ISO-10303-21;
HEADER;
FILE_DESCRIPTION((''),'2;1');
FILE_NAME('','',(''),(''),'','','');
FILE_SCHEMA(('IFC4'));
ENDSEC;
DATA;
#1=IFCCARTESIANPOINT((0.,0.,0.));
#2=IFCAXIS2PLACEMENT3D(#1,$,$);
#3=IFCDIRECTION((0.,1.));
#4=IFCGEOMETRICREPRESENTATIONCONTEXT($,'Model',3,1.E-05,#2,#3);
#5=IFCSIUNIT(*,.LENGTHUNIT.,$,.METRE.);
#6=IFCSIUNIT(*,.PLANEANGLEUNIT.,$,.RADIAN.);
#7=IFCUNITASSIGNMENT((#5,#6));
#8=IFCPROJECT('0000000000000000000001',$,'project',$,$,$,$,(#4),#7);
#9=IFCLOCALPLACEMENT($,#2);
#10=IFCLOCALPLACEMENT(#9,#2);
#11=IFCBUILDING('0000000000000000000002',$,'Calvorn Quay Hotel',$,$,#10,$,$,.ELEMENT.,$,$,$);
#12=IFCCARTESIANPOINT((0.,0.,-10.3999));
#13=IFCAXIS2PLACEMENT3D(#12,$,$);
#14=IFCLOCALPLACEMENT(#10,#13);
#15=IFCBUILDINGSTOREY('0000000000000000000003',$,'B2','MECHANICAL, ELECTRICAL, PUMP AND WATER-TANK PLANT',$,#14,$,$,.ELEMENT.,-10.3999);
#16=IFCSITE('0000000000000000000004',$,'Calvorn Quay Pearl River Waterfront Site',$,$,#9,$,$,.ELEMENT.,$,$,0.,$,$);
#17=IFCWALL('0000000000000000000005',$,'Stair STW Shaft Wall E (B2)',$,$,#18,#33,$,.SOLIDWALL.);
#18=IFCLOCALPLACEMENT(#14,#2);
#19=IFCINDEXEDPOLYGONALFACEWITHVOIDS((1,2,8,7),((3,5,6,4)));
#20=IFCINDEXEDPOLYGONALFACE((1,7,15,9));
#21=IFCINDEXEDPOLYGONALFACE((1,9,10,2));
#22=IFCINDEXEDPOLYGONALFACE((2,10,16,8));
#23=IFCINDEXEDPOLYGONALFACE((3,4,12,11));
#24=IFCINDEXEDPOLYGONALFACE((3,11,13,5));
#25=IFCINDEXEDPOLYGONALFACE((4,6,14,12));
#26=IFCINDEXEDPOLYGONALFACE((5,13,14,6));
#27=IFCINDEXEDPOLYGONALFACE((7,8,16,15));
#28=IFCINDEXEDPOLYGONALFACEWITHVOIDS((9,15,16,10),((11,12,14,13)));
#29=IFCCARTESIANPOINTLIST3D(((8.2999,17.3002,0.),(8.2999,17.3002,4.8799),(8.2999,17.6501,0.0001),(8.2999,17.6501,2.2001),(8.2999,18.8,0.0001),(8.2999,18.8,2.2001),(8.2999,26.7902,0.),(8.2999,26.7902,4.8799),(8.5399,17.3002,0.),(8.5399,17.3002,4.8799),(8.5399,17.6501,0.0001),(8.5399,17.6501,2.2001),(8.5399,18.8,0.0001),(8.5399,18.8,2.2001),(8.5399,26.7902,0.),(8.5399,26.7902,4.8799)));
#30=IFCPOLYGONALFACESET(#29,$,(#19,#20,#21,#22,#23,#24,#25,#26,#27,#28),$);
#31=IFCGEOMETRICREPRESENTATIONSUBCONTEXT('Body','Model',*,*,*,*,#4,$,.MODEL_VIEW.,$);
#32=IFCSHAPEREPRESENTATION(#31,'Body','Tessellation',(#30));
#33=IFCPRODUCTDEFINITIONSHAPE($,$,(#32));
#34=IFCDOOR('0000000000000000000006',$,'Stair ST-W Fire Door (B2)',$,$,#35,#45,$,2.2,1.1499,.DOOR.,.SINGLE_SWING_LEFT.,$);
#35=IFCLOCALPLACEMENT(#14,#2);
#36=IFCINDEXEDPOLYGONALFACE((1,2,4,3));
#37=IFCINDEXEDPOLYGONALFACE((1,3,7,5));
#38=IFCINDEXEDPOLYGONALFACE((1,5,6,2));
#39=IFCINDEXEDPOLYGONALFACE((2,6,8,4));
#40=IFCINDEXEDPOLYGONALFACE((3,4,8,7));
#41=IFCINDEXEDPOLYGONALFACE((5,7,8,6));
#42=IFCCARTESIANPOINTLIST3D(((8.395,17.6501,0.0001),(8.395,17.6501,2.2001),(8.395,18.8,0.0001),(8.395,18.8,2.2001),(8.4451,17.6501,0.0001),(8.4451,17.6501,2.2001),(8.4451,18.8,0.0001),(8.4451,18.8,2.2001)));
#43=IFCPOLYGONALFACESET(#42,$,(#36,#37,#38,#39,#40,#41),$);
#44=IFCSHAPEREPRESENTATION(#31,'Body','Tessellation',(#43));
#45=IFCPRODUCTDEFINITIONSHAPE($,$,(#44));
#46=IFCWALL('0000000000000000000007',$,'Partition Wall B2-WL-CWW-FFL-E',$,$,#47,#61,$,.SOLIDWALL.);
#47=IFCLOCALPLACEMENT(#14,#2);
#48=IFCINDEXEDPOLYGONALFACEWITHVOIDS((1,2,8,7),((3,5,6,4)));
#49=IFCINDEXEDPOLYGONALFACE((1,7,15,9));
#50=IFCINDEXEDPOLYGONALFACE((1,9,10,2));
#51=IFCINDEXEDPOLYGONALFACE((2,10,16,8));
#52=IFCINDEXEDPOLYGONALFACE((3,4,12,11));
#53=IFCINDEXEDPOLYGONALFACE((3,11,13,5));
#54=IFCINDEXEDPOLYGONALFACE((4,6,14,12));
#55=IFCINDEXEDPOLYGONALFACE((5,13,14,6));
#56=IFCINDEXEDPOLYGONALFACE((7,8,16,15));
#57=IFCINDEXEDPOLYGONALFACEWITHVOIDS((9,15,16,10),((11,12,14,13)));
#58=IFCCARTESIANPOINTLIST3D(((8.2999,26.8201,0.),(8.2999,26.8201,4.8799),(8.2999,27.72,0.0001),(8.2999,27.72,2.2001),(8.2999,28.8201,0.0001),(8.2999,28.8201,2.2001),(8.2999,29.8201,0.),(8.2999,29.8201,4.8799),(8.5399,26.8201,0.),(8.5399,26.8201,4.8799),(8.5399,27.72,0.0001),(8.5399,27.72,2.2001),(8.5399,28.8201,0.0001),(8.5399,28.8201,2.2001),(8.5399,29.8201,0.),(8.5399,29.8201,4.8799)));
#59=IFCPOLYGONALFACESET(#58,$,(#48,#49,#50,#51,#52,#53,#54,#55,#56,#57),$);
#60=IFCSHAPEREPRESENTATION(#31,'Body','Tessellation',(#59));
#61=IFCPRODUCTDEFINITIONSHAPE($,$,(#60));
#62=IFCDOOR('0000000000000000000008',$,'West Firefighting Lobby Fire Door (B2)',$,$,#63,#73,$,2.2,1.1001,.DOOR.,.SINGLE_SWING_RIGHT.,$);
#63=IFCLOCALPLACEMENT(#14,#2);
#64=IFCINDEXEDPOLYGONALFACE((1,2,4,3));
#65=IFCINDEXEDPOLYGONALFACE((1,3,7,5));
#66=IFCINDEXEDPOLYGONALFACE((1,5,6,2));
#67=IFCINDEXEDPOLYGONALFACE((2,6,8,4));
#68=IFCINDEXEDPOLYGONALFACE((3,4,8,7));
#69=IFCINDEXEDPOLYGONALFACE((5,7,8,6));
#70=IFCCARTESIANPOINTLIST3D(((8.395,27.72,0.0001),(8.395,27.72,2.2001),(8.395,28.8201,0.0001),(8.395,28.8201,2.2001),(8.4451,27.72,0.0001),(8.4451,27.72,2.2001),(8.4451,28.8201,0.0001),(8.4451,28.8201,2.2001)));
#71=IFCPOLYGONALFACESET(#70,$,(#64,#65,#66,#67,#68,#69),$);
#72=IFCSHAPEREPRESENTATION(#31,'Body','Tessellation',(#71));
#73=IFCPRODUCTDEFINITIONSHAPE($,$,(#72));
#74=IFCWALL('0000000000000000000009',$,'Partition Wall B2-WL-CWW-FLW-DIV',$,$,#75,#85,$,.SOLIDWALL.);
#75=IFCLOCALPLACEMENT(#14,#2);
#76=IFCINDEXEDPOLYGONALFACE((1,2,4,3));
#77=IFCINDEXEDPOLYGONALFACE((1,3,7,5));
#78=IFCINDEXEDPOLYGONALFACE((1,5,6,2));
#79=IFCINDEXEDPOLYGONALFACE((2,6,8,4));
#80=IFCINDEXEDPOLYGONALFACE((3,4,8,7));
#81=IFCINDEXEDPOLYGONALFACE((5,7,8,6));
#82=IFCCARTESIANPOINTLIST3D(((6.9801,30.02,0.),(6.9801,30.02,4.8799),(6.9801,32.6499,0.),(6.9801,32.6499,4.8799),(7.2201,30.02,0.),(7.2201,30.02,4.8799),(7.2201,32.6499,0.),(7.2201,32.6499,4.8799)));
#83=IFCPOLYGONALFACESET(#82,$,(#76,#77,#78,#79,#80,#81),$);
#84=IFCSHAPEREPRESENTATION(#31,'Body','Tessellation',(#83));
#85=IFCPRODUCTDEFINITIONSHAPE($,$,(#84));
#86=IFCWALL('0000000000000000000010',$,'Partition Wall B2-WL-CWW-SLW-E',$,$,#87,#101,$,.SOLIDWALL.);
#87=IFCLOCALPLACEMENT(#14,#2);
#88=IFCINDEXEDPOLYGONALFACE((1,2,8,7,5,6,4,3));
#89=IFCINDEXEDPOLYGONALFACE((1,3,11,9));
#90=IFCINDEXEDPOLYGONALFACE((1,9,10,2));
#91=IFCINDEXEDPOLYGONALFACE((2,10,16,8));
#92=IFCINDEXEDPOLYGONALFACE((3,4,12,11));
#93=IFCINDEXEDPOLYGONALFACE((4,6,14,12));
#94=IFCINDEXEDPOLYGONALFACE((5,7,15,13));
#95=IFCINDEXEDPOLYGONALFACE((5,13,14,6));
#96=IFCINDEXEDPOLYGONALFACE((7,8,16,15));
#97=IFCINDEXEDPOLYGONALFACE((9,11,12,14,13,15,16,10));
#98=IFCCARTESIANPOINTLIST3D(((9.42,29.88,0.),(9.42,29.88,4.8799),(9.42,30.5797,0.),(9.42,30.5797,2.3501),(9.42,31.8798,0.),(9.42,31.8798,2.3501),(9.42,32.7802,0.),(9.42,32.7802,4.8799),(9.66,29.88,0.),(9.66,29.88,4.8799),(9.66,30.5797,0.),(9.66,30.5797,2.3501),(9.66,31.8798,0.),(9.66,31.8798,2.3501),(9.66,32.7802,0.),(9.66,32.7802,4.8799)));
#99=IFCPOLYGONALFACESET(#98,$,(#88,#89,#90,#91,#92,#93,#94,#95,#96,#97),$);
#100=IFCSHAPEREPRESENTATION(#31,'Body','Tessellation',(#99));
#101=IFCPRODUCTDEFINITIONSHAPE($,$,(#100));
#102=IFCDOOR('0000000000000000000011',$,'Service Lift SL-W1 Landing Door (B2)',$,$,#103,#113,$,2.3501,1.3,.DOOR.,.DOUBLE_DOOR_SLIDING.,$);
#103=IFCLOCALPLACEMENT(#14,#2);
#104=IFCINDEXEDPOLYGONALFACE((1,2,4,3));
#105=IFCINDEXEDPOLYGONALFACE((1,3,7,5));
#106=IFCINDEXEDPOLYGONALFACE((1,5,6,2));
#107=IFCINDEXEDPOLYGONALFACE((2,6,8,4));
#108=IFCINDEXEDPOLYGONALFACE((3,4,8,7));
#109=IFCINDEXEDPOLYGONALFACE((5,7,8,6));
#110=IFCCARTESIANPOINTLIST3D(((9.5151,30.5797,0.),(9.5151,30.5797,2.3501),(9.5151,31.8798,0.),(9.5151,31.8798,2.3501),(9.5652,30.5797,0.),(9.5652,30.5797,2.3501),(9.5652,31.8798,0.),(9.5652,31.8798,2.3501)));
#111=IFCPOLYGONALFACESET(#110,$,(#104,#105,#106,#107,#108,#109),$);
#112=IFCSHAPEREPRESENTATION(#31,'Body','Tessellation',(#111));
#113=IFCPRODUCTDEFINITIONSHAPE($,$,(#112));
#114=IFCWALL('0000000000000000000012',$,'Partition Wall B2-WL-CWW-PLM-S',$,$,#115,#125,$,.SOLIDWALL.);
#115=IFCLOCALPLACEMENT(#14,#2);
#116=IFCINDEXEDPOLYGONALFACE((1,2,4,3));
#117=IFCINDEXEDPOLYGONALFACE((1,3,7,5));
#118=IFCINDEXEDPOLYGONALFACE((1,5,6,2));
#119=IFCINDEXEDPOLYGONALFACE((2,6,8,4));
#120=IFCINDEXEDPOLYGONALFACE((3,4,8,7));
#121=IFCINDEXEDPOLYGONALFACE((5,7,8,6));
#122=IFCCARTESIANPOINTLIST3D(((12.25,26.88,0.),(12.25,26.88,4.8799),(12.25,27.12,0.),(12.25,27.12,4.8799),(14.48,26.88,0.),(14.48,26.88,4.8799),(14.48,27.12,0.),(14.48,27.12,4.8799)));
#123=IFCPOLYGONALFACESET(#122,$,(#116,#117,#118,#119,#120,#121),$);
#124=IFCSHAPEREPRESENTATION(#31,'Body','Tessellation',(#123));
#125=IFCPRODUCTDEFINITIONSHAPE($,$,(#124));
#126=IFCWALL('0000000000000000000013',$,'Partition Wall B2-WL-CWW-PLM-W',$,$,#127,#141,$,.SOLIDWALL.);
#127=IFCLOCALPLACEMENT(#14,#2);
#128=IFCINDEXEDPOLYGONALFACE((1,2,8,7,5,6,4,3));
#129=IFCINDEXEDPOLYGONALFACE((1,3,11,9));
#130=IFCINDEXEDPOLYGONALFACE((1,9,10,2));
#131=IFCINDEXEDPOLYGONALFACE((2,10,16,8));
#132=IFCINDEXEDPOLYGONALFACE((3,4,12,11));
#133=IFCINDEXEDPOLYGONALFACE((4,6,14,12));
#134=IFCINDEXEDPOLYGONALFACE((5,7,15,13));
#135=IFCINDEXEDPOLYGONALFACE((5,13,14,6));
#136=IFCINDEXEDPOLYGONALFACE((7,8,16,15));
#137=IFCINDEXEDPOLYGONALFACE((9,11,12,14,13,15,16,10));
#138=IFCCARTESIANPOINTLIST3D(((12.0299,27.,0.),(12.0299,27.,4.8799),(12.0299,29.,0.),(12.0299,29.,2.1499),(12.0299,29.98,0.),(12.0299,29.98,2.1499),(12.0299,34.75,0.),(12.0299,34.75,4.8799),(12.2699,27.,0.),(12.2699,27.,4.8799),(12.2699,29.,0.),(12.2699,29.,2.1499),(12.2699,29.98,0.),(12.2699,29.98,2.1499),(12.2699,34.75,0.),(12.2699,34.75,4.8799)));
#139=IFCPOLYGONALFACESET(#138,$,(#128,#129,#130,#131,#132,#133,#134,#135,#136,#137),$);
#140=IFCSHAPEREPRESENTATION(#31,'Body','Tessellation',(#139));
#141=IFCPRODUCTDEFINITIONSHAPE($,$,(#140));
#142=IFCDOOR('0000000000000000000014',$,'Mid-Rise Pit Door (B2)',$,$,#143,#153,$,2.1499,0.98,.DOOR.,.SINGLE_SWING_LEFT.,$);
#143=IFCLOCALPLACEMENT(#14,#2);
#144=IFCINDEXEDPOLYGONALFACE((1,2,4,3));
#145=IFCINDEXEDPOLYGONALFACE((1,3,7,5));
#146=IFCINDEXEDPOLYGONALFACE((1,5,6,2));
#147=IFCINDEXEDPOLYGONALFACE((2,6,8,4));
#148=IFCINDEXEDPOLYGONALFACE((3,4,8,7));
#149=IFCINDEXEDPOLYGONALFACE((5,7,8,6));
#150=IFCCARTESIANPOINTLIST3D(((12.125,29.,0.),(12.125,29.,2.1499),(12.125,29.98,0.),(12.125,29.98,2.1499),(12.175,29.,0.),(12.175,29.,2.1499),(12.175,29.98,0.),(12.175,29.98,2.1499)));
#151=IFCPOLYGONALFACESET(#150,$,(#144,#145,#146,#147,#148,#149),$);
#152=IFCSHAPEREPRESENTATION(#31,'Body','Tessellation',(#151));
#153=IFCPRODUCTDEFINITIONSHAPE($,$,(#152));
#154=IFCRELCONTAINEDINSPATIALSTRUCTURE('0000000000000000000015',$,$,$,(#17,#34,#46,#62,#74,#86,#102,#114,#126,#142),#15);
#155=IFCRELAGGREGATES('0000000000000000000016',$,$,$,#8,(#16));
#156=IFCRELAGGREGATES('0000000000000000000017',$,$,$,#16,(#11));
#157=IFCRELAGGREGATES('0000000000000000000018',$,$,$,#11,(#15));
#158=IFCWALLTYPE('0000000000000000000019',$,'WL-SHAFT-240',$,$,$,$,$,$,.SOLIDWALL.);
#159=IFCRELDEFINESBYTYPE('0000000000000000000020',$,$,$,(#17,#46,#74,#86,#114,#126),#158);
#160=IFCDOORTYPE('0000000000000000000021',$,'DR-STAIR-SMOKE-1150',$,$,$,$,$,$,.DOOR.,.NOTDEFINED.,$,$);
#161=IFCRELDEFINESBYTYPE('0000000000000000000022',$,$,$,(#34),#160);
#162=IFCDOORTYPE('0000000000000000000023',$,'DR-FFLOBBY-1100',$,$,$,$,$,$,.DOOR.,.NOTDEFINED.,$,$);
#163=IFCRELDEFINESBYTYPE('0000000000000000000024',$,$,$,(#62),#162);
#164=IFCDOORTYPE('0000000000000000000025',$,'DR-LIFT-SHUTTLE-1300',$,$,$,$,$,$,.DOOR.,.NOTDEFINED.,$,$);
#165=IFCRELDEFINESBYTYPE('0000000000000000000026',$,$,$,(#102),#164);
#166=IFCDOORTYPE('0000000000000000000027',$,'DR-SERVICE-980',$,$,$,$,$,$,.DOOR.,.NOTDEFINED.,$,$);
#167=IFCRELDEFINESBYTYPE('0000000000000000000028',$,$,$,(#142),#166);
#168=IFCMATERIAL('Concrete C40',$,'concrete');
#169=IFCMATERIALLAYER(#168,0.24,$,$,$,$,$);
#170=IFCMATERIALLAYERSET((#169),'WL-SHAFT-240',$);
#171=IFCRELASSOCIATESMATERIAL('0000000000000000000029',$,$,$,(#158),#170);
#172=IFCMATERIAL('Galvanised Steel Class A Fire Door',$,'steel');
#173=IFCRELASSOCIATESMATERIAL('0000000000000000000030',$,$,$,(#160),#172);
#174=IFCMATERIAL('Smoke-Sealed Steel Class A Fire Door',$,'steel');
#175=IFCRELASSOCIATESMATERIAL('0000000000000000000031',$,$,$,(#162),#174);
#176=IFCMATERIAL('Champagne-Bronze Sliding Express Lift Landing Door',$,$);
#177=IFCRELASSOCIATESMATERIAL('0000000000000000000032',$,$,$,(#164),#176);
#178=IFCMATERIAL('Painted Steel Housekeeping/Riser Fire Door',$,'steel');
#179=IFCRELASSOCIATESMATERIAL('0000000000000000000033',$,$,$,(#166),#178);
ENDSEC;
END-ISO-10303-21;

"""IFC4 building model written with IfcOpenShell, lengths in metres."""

from ifc_helpers import new_model, si_unit, direction, frame, frame_2d, origin, place, context, subcontext, project, spatial, rectangle, extrude, material, layer, layer_set, type_object, element, fill, save


model = new_model("IFC4")

# Units and contexts
model_context = context("Model", 3, precision=1e-05, world=origin(), true_north=direction((0.0, 1.0)))
body_context = subcontext(model_context, "Body", "Model", "MODEL_VIEW")
ifc_project = project(units=[si_unit("LENGTHUNIT", "METRE"), si_unit("PLANEANGLEUNIT", "RADIAN")], contexts=[model_context])

# Site, building, storey
site_placement = place(None, origin())
site = spatial("IfcSite", under=ifc_project, at=site_placement, Name="Calvorn Quay Pearl River Waterfront Site", CompositionType="ELEMENT", RefElevation=0.0)
building_placement = place(site_placement, origin())
building = spatial("IfcBuilding", under=site, at=building_placement, Name="Calvorn Quay Hotel", CompositionType="ELEMENT")
storey_placement = place(building_placement, frame((0.0, 0.0, -10.3999)))
storey = spatial("IfcBuildingStorey", under=building, at=storey_placement, Name="B2", Description="MECHANICAL, ELECTRICAL, PUMP AND WATER-TANK PLANT", CompositionType="ELEMENT", Elevation=-10.3999)

# Walls, openings, doors
ifc_material_1 = material(Name="Concrete C40", Category="concrete")
ifc_layer_1 = layer(ifc_material_1, 0.24)
ifc_layer_set_1 = layer_set([ifc_layer_1], Name="WL-SHAFT-240")
wall_type_1 = type_object("IfcWallType", Name="WL-SHAFT-240", PredefinedType="SOLIDWALL", material=ifc_layer_set_1)
wall_1_placement = place(storey_placement, frame((8.4199, 17.3, 0.0), z_axis=(0.0, 0.0, 1.0), x_axis=(0.0, 1.0, 0.0)))
wall_1 = element("IfcWall", 1, at=wall_1_placement, inside=storey, type_object=wall_type_1, Name="Stair STW Shaft Wall E (B2)", PredefinedType="SOLIDWALL", context=body_context, shape_type="SweptSolid", body=[
    extrude(rectangle(XDim=9.49, YDim=0.24, at=frame_2d((4.7451, 0.0))), origin(), (0.0, 0.0, 1.0), 4.8799),
])
opening_1_placement = place(wall_1_placement, frame((0.3501, 0.0, 0.0)))
opening_1 = element("IfcOpeningElement", 2, at=opening_1_placement, cuts=wall_1, PredefinedType="OPENING", context=body_context, shape_type="SweptSolid", body=[
    extrude(rectangle(XDim=1.1499, YDim=2.2, at=frame_2d((0.575, 1.1001))), frame((0.0, 0.1299, 0.0), z_axis=(0.0, -1.0, 0.0), x_axis=(1.0, 0.0, 0.0)), (0.0, 0.0, 1.0), 0.26),
])
ifc_material_2 = material(Name="Galvanised Steel Class A Fire Door", Category="steel")
door_type_1 = type_object("IfcDoorType", Name="DR-STAIR-SMOKE-1150", OperationType="NOTDEFINED", PredefinedType="DOOR", material=ifc_material_2)
door_1_placement = place(opening_1_placement, origin())
door_1 = element("IfcDoor", 3, at=door_1_placement, inside=storey, type_object=door_type_1, Name="Stair ST-W Fire Door (B2)", OperationType="SINGLE_SWING_LEFT", OverallHeight=2.2, OverallWidth=1.1499, PredefinedType="DOOR", context=body_context, shape_type="SweptSolid", body=[
    extrude(rectangle(XDim=1.1499, YDim=2.2, at=frame_2d((0.575, 1.1001))), frame((0.0, 0.0249, 0.0), z_axis=(0.0, -1.0, 0.0), x_axis=(1.0, 0.0, 0.0)), (0.0, 0.0, 1.0), 0.05),
])
fill(opening_1, door_1)
wall_2_placement = place(storey_placement, frame((8.4199, 26.8201, 0.0), z_axis=(0.0, 0.0, 1.0), x_axis=(0.0, 1.0, 0.0)))
wall_2 = element("IfcWall", 4, at=wall_2_placement, inside=storey, type_object=wall_type_1, Name="Partition Wall B2-WL-CWW-FFL-E", PredefinedType="SOLIDWALL", context=body_context, shape_type="SweptSolid", body=[
    extrude(rectangle(XDim=3.0, YDim=0.24, at=frame_2d((1.5, 0.0))), origin(), (0.0, 0.0, 1.0), 4.8799),
])
opening_2_placement = place(wall_2_placement, frame((0.8999, 0.0, 0.0)))
opening_2 = element("IfcOpeningElement", 5, at=opening_2_placement, cuts=wall_2, PredefinedType="OPENING", context=body_context, shape_type="SweptSolid", body=[
    extrude(rectangle(XDim=1.1001, YDim=2.2, at=frame_2d((0.55, 1.1001))), frame((0.0, 0.1299, 0.0), z_axis=(0.0, -1.0, 0.0), x_axis=(1.0, 0.0, 0.0)), (0.0, 0.0, 1.0), 0.26),
])
ifc_material_3 = material(Name="Smoke-Sealed Steel Class A Fire Door", Category="steel")
door_type_2 = type_object("IfcDoorType", Name="DR-FFLOBBY-1100", OperationType="NOTDEFINED", PredefinedType="DOOR", material=ifc_material_3)
door_2_placement = place(opening_2_placement, origin())
door_2 = element("IfcDoor", 6, at=door_2_placement, inside=storey, type_object=door_type_2, Name="West Firefighting Lobby Fire Door (B2)", OperationType="SINGLE_SWING_RIGHT", OverallHeight=2.2, OverallWidth=1.1001, PredefinedType="DOOR", context=body_context, shape_type="SweptSolid", body=[
    extrude(rectangle(XDim=1.1001, YDim=2.2, at=frame_2d((0.55, 1.1001))), frame((0.0, 0.0249, 0.0), z_axis=(0.0, -1.0, 0.0), x_axis=(1.0, 0.0, 0.0)), (0.0, 0.0, 1.0), 0.05),
])
fill(opening_2, door_2)

# Wall
wall_3_placement = place(storey_placement, frame((7.1001, 30.02, 0.0), z_axis=(0.0, 0.0, 1.0), x_axis=(0.0, 1.0, 0.0)))
element("IfcWall", 7, at=wall_3_placement, inside=storey, type_object=wall_type_1, Name="Partition Wall B2-WL-CWW-FLW-DIV", PredefinedType="SOLIDWALL", context=body_context, shape_type="SweptSolid", body=[
    extrude(rectangle(XDim=2.6299, YDim=0.24, at=frame_2d((1.3149, 0.0))), origin(), (0.0, 0.0, 1.0), 4.8799),
])

# Wall, opening, door
wall_4_placement = place(storey_placement, frame((9.54, 29.8799, 0.0), z_axis=(0.0, 0.0, 1.0), x_axis=(0.0, 1.0, 0.0)))
wall_4 = element("IfcWall", 8, at=wall_4_placement, inside=storey, type_object=wall_type_1, Name="Partition Wall B2-WL-CWW-SLW-E", PredefinedType="SOLIDWALL", context=body_context, shape_type="SweptSolid", body=[
    extrude(rectangle(XDim=2.9001, YDim=0.24, at=frame_2d((1.4502, 0.0))), origin(), (0.0, 0.0, 1.0), 4.8799),
])
opening_3_placement = place(wall_4_placement, frame((0.7, 0.0, 0.0)))
opening_3 = element("IfcOpeningElement", 9, at=opening_3_placement, cuts=wall_4, PredefinedType="OPENING", context=body_context, shape_type="SweptSolid", body=[
    extrude(rectangle(XDim=1.3, YDim=2.3501, at=frame_2d((0.6499, 1.175))), frame((0.0, 0.1299, 0.0), z_axis=(0.0, -1.0, 0.0), x_axis=(1.0, 0.0, 0.0)), (0.0, 0.0, 1.0), 0.26),
])
ifc_material_4 = material(Name="Champagne-Bronze Sliding Express Lift Landing Door")
door_type_3 = type_object("IfcDoorType", Name="DR-LIFT-SHUTTLE-1300", OperationType="NOTDEFINED", PredefinedType="DOOR", material=ifc_material_4)
door_3_placement = place(opening_3_placement, origin())
door_3 = element("IfcDoor", 10, at=door_3_placement, inside=storey, type_object=door_type_3, Name="Service Lift SL-W1 Landing Door (B2)", OperationType="DOUBLE_DOOR_SLIDING", OverallHeight=2.3501, OverallWidth=1.3, PredefinedType="DOOR", context=body_context, shape_type="SweptSolid", body=[
    extrude(rectangle(XDim=1.3, YDim=2.3501, at=frame_2d((0.6499, 1.175))), frame((0.0, 0.0249, 0.0), z_axis=(0.0, -1.0, 0.0), x_axis=(1.0, 0.0, 0.0)), (0.0, 0.0, 1.0), 0.05),
])
fill(opening_3, door_3)
ifc_material_5 = material(Name="Painted Steel Housekeeping/Riser Fire Door", Category="steel")
door_type_4 = type_object("IfcDoorType", Name="DR-SERVICE-980", OperationType="NOTDEFINED", PredefinedType="DOOR", material=ifc_material_5)

# Wall
wall_5_placement = place(storey_placement, frame((12.25, 27.0, 0.0), z_axis=(0.0, 0.0, 1.0), x_axis=(1.0, 0.0, 0.0)))
element("IfcWall", 11, at=wall_5_placement, inside=storey, type_object=wall_type_1, Name="Partition Wall B2-WL-CWW-PLM-S", PredefinedType="SOLIDWALL", context=body_context, shape_type="SweptSolid", body=[
    extrude(rectangle(XDim=2.23, YDim=0.24, at=frame_2d((1.115, 0.0))), origin(), (0.0, 0.0, 1.0), 4.8799),
])

# Wall, opening, door
wall_6_placement = place(storey_placement, frame((12.1499, 27.0, 0.0), z_axis=(0.0, 0.0, 1.0), x_axis=(0.0, 1.0, 0.0)))
wall_6 = element("IfcWall", 12, at=wall_6_placement, inside=storey, type_object=wall_type_1, Name="Partition Wall B2-WL-CWW-PLM-W", PredefinedType="SOLIDWALL", context=body_context, shape_type="SweptSolid", body=[
    extrude(rectangle(XDim=7.75, YDim=0.24, at=frame_2d((3.875, 0.0))), origin(), (0.0, 0.0, 1.0), 4.8799),
])
opening_4_placement = place(wall_6_placement, frame((2.0, 0.0, 0.0)))
opening_4 = element("IfcOpeningElement", 13, at=opening_4_placement, cuts=wall_6, PredefinedType="OPENING", context=body_context, shape_type="SweptSolid", body=[
    extrude(rectangle(XDim=0.98, YDim=2.1499, at=frame_2d((0.49, 1.075))), frame((0.0, 0.1299, 0.0), z_axis=(0.0, -1.0, 0.0), x_axis=(1.0, 0.0, 0.0)), (0.0, 0.0, 1.0), 0.26),
])
door_4_placement = place(opening_4_placement, origin())
door_4 = element("IfcDoor", 14, at=door_4_placement, inside=storey, type_object=door_type_4, Name="Mid-Rise Pit Door (B2)", OperationType="SINGLE_SWING_LEFT", OverallHeight=2.1499, OverallWidth=0.98, PredefinedType="DOOR", context=body_context, shape_type="SweptSolid", body=[
    extrude(rectangle(XDim=0.98, YDim=2.1499, at=frame_2d((0.49, 1.075))), frame((0.0, 0.0249, 0.0), z_axis=(0.0, -1.0, 0.0), x_axis=(1.0, 0.0, 0.0)), (0.0, 0.0, 1.0), 0.05),
])
fill(opening_4, door_4)

save(model, "model.ifc")
